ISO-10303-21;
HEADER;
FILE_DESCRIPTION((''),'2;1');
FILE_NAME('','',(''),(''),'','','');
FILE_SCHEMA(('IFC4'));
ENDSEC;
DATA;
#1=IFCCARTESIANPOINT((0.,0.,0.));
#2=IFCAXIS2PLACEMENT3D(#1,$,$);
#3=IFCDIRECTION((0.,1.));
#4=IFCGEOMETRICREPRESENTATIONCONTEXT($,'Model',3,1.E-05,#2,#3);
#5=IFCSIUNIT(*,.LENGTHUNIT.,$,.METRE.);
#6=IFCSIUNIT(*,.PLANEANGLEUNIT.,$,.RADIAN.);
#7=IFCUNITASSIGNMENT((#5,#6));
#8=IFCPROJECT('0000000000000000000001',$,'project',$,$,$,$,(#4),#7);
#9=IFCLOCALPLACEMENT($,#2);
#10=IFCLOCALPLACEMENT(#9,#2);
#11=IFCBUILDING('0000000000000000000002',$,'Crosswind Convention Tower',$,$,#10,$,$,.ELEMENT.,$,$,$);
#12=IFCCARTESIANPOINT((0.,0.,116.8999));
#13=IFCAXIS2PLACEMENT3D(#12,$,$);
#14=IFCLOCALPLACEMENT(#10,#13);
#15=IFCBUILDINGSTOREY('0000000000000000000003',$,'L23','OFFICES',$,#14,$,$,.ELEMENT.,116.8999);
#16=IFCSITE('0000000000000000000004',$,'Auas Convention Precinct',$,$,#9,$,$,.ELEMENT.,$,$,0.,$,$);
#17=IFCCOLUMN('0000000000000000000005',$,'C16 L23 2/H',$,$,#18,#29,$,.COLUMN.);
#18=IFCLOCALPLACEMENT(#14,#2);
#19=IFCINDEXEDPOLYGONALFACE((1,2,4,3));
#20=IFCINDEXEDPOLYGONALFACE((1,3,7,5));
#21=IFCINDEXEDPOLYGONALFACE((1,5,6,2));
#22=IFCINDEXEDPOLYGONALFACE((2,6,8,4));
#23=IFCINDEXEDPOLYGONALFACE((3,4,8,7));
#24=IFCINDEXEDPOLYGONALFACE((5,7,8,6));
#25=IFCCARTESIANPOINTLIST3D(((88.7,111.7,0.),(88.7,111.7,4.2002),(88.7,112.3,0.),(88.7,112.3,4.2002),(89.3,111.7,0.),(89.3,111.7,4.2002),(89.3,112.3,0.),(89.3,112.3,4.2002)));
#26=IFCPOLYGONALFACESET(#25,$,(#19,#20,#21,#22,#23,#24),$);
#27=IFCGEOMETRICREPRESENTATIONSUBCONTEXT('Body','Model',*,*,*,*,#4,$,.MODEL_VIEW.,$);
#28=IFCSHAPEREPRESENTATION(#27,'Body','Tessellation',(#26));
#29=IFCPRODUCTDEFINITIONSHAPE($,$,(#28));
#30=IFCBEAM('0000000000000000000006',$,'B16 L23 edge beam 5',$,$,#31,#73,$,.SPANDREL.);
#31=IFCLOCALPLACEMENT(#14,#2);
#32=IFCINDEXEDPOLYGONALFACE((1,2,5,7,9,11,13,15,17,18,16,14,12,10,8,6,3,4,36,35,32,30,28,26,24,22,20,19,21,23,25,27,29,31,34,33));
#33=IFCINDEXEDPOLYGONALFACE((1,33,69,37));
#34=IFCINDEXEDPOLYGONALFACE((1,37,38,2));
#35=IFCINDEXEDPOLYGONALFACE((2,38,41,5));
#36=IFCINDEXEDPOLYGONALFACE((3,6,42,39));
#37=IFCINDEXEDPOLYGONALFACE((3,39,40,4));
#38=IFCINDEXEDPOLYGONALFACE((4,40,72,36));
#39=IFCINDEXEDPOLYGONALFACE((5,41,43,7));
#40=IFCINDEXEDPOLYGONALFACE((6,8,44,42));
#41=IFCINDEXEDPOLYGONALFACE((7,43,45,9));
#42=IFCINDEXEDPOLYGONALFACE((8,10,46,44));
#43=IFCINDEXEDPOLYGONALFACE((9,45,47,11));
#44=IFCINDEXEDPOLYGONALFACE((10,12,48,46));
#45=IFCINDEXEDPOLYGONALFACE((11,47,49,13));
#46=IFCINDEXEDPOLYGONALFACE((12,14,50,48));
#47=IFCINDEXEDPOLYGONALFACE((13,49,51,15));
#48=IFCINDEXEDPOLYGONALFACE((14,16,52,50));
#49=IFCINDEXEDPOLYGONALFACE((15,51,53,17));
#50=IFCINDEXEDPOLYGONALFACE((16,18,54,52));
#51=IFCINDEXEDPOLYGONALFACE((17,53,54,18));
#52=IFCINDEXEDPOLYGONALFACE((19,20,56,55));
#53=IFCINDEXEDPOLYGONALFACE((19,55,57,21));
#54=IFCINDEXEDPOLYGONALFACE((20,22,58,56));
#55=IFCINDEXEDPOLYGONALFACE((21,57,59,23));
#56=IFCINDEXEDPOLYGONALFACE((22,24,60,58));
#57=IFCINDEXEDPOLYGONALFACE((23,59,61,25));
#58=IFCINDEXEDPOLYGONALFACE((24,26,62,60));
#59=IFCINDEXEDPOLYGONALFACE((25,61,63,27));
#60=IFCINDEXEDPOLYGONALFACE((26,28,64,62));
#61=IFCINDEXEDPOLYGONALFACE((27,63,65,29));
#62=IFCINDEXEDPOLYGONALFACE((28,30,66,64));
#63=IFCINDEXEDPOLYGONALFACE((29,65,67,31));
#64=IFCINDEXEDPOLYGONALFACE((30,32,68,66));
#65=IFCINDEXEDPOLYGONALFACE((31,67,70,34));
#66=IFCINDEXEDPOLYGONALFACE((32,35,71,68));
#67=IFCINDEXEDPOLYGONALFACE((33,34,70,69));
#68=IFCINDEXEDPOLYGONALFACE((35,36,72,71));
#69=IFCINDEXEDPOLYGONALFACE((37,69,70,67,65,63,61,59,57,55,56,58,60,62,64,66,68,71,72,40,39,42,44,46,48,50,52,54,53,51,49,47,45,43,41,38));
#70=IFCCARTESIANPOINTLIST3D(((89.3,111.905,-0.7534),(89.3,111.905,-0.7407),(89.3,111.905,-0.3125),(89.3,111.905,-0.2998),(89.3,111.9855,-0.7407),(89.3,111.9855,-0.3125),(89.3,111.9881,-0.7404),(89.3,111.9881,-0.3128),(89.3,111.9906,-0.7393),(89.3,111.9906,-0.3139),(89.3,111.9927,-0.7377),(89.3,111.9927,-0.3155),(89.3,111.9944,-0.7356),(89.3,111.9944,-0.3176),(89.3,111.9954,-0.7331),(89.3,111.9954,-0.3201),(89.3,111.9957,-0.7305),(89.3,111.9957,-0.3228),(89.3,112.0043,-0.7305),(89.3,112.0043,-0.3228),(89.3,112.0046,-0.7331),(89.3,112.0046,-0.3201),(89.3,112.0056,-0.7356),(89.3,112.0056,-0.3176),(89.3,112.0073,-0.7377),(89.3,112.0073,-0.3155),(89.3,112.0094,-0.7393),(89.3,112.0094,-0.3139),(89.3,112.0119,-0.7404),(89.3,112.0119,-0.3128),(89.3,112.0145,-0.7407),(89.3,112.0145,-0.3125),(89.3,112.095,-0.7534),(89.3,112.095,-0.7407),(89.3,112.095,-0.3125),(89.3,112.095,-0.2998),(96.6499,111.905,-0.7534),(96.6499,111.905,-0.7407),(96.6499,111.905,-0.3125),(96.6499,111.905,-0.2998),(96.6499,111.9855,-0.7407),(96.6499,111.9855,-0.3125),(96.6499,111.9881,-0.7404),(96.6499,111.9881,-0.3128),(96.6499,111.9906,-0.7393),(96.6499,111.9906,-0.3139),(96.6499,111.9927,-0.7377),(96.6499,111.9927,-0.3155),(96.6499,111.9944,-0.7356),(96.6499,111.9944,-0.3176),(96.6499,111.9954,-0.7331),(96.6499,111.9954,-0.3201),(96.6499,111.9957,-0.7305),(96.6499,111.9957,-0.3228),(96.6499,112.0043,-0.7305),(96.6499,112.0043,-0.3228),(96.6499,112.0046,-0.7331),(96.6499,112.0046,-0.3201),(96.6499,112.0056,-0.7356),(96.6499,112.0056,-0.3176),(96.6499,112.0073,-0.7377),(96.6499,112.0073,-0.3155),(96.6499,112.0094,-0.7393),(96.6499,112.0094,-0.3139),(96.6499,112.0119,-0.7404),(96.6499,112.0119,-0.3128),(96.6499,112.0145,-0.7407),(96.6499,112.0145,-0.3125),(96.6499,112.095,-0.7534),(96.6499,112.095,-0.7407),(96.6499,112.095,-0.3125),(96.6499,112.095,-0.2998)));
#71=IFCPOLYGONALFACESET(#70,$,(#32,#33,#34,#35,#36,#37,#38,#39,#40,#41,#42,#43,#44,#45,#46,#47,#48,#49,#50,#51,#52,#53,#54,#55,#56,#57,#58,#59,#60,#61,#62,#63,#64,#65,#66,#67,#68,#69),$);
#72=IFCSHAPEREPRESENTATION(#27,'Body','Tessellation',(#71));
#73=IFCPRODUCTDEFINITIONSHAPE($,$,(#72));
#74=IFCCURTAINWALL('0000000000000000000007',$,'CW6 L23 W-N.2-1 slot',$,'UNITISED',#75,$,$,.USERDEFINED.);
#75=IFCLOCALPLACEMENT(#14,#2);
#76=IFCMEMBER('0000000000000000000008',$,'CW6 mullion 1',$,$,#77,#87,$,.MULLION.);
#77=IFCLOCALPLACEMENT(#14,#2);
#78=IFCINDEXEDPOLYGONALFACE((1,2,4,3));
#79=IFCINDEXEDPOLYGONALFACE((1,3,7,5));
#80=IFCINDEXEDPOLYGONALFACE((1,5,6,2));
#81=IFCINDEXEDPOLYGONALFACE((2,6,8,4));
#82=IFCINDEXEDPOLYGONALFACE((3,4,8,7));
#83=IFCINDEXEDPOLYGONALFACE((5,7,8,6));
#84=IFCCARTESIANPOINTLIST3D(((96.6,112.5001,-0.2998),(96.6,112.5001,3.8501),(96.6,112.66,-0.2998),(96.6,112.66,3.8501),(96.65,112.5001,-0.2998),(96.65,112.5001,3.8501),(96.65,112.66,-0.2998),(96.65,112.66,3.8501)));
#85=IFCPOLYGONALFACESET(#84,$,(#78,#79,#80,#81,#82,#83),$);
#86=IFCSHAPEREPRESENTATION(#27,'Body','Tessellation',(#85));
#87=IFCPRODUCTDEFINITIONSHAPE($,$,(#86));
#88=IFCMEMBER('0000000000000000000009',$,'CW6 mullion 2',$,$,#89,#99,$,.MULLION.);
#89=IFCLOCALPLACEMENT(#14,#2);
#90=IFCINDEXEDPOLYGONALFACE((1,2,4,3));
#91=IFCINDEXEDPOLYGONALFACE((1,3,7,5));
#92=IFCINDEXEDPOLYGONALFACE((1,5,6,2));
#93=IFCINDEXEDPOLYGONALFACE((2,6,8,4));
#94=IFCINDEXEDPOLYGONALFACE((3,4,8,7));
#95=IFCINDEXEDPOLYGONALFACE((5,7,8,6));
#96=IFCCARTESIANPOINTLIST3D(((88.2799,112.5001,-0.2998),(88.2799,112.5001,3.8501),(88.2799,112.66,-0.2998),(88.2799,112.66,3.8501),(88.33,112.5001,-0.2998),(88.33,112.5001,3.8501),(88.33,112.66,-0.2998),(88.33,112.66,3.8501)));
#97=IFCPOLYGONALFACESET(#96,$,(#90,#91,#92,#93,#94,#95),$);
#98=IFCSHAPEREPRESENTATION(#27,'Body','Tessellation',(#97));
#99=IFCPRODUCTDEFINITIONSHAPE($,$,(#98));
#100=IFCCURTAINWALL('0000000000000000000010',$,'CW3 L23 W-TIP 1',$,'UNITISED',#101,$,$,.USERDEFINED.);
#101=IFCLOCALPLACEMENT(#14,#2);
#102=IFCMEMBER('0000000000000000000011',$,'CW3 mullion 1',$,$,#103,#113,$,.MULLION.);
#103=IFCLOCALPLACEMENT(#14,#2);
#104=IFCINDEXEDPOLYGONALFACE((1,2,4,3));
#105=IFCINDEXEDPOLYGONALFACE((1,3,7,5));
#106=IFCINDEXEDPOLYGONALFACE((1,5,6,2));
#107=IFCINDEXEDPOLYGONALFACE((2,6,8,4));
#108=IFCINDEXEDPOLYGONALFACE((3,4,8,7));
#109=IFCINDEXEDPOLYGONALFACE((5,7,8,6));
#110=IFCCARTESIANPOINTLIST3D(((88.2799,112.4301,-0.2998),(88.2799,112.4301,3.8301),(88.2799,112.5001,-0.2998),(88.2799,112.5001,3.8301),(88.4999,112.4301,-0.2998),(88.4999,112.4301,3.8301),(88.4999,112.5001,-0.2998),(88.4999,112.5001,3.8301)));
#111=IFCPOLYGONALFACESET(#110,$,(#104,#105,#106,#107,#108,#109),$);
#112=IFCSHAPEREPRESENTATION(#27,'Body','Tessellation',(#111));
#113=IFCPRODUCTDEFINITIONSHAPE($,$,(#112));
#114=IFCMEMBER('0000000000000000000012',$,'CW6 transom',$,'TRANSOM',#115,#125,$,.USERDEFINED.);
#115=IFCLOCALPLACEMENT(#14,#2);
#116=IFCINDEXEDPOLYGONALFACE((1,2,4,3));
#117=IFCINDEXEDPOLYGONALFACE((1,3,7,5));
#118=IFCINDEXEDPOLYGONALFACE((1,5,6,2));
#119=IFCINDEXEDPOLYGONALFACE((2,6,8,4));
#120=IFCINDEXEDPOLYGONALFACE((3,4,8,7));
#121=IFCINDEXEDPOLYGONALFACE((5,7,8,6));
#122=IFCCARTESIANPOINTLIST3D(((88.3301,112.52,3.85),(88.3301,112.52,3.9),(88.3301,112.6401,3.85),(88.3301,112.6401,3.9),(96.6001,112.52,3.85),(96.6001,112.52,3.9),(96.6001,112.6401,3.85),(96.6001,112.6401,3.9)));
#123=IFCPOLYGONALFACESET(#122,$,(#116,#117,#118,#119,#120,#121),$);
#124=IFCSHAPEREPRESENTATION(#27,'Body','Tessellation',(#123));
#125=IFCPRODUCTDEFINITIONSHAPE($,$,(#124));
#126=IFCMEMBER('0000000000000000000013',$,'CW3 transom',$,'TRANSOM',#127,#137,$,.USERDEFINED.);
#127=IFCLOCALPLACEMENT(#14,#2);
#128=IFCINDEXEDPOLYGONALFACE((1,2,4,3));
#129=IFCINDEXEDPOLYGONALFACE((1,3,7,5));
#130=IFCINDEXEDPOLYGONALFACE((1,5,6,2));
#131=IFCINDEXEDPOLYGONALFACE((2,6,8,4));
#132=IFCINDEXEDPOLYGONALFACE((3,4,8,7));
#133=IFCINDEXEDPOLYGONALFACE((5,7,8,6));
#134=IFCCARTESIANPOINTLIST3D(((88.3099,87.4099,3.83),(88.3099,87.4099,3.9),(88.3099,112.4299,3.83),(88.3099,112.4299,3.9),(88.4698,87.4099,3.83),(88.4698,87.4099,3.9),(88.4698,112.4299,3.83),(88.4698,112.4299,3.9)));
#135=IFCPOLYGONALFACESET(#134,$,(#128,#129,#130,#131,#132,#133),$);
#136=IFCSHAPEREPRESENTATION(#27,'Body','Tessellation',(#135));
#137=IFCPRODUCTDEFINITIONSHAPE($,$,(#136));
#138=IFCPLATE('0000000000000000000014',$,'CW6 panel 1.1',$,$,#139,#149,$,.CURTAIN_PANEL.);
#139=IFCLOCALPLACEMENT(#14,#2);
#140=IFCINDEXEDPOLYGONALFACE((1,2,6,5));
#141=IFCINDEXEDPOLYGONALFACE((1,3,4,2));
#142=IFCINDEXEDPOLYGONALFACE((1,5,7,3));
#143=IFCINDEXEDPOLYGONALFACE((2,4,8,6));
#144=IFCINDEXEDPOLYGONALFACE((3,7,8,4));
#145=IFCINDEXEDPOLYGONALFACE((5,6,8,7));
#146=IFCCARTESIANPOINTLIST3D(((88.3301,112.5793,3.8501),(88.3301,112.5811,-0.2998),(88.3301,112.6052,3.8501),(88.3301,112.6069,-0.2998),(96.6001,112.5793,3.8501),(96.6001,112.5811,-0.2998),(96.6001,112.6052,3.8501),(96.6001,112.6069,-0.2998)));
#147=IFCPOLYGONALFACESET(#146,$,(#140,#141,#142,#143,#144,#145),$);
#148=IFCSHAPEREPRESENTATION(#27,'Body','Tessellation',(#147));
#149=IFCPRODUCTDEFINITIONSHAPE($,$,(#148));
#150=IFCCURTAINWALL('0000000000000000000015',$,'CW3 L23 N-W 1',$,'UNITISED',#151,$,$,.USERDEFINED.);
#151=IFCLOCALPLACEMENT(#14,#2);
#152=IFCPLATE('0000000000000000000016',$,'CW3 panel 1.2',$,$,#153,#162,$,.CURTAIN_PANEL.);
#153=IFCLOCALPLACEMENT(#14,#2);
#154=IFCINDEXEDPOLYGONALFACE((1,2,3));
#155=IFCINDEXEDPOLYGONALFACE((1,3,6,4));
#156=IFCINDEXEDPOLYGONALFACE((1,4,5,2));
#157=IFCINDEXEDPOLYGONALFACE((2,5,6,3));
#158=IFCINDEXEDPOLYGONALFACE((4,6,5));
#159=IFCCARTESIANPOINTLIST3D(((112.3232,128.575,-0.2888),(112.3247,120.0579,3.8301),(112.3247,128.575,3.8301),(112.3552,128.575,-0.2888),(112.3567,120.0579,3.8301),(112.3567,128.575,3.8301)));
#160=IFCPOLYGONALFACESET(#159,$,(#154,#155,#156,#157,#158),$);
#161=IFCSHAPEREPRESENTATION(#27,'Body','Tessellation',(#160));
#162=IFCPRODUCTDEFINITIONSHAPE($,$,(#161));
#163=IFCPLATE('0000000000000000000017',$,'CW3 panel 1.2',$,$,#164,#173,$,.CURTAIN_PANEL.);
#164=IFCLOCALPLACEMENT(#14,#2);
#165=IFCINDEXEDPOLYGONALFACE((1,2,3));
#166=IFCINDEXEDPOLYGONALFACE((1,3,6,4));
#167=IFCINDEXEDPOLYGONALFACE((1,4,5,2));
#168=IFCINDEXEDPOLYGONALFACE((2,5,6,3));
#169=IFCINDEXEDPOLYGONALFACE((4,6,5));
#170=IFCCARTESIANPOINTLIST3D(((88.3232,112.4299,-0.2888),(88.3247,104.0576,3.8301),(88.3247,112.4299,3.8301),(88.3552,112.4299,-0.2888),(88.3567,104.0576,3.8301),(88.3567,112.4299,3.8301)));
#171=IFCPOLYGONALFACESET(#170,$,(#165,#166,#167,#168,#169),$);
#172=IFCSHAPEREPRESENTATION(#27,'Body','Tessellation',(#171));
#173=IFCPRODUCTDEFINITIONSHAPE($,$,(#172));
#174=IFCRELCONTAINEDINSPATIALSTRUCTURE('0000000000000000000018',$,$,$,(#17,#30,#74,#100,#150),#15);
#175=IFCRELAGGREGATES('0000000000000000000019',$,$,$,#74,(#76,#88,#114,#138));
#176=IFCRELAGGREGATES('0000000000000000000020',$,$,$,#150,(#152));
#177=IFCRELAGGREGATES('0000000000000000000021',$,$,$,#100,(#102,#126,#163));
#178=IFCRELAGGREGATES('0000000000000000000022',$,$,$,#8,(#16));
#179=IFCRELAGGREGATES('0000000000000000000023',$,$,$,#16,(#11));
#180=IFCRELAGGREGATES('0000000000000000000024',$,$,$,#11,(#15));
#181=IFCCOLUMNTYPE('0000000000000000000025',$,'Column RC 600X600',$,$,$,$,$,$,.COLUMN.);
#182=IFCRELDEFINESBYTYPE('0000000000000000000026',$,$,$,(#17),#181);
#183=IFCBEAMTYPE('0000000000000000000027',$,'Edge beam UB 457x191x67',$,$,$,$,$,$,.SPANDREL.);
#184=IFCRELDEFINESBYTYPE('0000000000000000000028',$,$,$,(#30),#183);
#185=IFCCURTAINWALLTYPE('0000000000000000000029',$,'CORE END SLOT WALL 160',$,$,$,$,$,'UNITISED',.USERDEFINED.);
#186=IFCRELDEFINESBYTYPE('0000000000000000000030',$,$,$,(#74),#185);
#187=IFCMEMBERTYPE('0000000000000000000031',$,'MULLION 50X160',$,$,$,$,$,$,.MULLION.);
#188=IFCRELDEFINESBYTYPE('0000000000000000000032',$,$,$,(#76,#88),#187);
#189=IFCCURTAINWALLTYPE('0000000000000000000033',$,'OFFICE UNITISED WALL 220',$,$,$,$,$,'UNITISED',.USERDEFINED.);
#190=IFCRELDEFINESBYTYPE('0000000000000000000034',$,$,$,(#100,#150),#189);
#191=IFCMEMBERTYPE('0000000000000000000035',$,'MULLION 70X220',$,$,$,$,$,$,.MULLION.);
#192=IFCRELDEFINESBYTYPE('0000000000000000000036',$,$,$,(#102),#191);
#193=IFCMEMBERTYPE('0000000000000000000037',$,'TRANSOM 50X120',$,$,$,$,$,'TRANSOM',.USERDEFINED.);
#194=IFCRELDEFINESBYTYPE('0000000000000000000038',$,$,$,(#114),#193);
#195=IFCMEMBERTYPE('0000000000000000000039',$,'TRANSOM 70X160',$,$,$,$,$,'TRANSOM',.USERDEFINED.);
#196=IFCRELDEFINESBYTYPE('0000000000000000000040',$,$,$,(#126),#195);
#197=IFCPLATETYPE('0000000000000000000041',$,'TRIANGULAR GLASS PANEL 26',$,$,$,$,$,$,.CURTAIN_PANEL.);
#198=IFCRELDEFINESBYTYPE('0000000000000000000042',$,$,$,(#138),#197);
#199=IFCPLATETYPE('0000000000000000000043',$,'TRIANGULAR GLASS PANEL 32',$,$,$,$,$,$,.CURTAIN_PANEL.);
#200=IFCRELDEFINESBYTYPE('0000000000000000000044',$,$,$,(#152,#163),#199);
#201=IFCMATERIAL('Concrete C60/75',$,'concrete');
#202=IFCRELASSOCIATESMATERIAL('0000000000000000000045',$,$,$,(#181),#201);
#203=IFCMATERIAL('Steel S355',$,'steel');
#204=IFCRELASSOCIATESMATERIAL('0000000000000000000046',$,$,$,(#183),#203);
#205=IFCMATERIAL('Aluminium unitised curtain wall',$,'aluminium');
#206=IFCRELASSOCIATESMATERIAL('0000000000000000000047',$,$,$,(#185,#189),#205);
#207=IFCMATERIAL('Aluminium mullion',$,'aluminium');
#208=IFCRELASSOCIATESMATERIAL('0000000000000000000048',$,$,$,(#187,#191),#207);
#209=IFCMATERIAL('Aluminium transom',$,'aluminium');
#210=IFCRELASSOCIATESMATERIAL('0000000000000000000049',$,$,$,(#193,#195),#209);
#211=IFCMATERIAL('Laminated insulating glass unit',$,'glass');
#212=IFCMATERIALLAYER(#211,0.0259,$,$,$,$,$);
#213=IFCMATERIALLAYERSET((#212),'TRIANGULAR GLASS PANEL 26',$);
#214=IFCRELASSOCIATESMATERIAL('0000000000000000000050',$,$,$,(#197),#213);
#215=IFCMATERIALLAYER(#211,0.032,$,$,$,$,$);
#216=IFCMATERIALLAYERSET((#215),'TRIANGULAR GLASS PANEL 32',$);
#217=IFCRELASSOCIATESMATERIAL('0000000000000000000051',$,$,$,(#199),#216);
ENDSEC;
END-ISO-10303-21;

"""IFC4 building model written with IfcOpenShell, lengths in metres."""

from ifc_helpers import new_model, si_unit, direction, frame, origin, origin_2d, place, context, subcontext, project, spatial, polyline, rectangle, i_section, outline, extrude, material, layer, layer_set, material_profile, profile_set, type_object, element, aggregate, save


model = new_model("IFC4")

# Units and contexts
model_context = context("Model", 3, precision=1e-05, world=origin(), true_north=direction((0.0, 1.0)))
body_context = subcontext(model_context, "Body", "Model", "MODEL_VIEW")
ifc_project = project(units=[si_unit("LENGTHUNIT", "METRE"), si_unit("PLANEANGLEUNIT", "RADIAN")], contexts=[model_context])

# Site, building, storey
site_placement = place(None, origin())
site = spatial("IfcSite", under=ifc_project, at=site_placement, Name="Auas Convention Precinct", CompositionType="ELEMENT", RefElevation=0.0)
building_placement = place(site_placement, origin())
building = spatial("IfcBuilding", under=site, at=building_placement, Name="Crosswind Convention Tower", CompositionType="ELEMENT")
storey_placement = place(building_placement, frame((0.0, 0.0, 116.8999)))
storey = spatial("IfcBuildingStorey", under=building, at=storey_placement, Name="L23", Description="OFFICES", CompositionType="ELEMENT", Elevation=116.8999)

# Column
ifc_material_1 = material(Name="Concrete C60/75", Category="concrete")
ifc_material_profile_1 = material_profile(ifc_material_1, rectangle(XDim=0.6001, YDim=0.6001, at=origin_2d()), Name="RC 600X600")
ifc_profile_set_1 = profile_set([ifc_material_profile_1], Name="Concrete C60/75")
column_type = type_object("IfcColumnType", Name="Column RC 600X600", PredefinedType="COLUMN", material=ifc_profile_set_1)
column_placement = place(storey_placement, frame((89.0, 112.0, 0.0), z_axis=(0.0, 0.0, 1.0), x_axis=(1.0, 0.0, 0.0)))
element("IfcColumn", 1, at=column_placement, inside=storey, type_object=column_type, Name="C16 L23 2/H", PredefinedType="COLUMN", context=body_context, shape_type="SweptSolid", body=[
    extrude(rectangle(XDim=0.6001, YDim=0.6001, at=origin_2d()), origin(), (0.0, 0.0, 1.0), 4.2002),
])

# Beam
ifc_material_2 = material(Name="Steel S355", Category="steel")
ifc_material_profile_2 = material_profile(ifc_material_2, i_section(OverallWidth=0.1899, OverallDepth=0.4536, WebThickness=0.0085, FlangeThickness=0.0127, FilletRadius=0.0103, at=origin_2d()), Name="UB 457x191x67")
ifc_profile_set_2 = profile_set([ifc_material_profile_2], Name="Steel S355")
beam_type = type_object("IfcBeamType", Name="Edge beam UB 457x191x67", PredefinedType="SPANDREL", material=ifc_profile_set_2)
beam_placement = place(storey_placement, frame((89.3, 112.0, -0.5266), z_axis=(1.0, 0.0, 0.0), x_axis=(0.0, 1.0, 0.0)))
element("IfcBeam", 2, at=beam_placement, inside=storey, type_object=beam_type, Name="B16 L23 edge beam 5", PredefinedType="SPANDREL", context=body_context, shape_type="SweptSolid", body=[
    extrude(i_section(OverallWidth=0.1899, OverallDepth=0.4536, WebThickness=0.0085, FlangeThickness=0.0127, FilletRadius=0.0103, at=origin_2d()), origin(), (0.0, 0.0, 1.0), 7.3499),
])

# Curtain wall, members
ifc_material_3 = material(Name="Aluminium unitised curtain wall", Category="aluminium")
curtain_wall_type_1 = type_object("IfcCurtainWallType", Name="CORE END SLOT WALL 160", ElementType="UNITISED", PredefinedType="USERDEFINED", material=ifc_material_3)
curtain_wall_1_placement = place(storey_placement, origin())
curtain_wall_1 = element("IfcCurtainWall", 3, at=curtain_wall_1_placement, inside=storey, type_object=curtain_wall_type_1, Name="CW6 L23 W-N.2-1 slot", ObjectType="UNITISED", PredefinedType="USERDEFINED")
ifc_material_4 = material(Name="Aluminium mullion", Category="aluminium")
ifc_material_profile_3 = material_profile(ifc_material_4, rectangle(XDim=0.1599, YDim=0.05, at=origin_2d()), Name="AL 160X50")
ifc_profile_set_3 = profile_set([ifc_material_profile_3], Name="Aluminium mullion")
member_type_1 = type_object("IfcMemberType", Name="MULLION 50X160", PredefinedType="MULLION", material=ifc_profile_set_3)
member_1_placement = place(storey_placement, frame((96.625, 112.5801, -0.2998), z_axis=(0.0, 0.0, 1.0), x_axis=(0.0, 1.0, 0.0)))
member_1 = element("IfcMember", 4, at=member_1_placement, type_object=member_type_1, Name="CW6 mullion 1", PredefinedType="MULLION", context=body_context, shape_type="SweptSolid", body=[
    extrude(rectangle(XDim=0.1599, YDim=0.05, at=origin_2d()), origin(), (0.0, 0.0, 1.0), 4.1499),
])
member_2_placement = place(storey_placement, frame((88.3049, 112.5801, -0.2998), z_axis=(0.0, 0.0, 1.0), x_axis=(0.0, 1.0, 0.0)))
member_2 = element("IfcMember", 5, at=member_2_placement, type_object=member_type_1, Name="CW6 mullion 2", PredefinedType="MULLION", context=body_context, shape_type="SweptSolid", body=[
    extrude(rectangle(XDim=0.1599, YDim=0.05, at=origin_2d()), origin(), (0.0, 0.0, 1.0), 4.1499),
])

# Curtain wall, member
curtain_wall_type_2 = type_object("IfcCurtainWallType", Name="OFFICE UNITISED WALL 220", ElementType="UNITISED", PredefinedType="USERDEFINED", material=ifc_material_3)
curtain_wall_2_placement = place(storey_placement, origin())
curtain_wall_2 = element("IfcCurtainWall", 6, at=curtain_wall_2_placement, inside=storey, type_object=curtain_wall_type_2, Name="CW3 L23 W-TIP 1", ObjectType="UNITISED", PredefinedType="USERDEFINED")
ifc_material_profile_4 = material_profile(ifc_material_4, rectangle(XDim=0.22, YDim=0.0701, at=origin_2d()), Name="AL 220X70")
ifc_profile_set_4 = profile_set([ifc_material_profile_4], Name="Aluminium mullion")
member_type_2 = type_object("IfcMemberType", Name="MULLION 70X220", PredefinedType="MULLION", material=ifc_profile_set_4)
member_3_placement = place(storey_placement, frame((88.3899, 112.4651, -0.2998), z_axis=(0.0, 0.0, 1.0), x_axis=(-1.0, 0.0, 0.0)))
member_3 = element("IfcMember", 7, at=member_3_placement, type_object=member_type_2, Name="CW3 mullion 1", PredefinedType="MULLION", context=body_context, shape_type="SweptSolid", body=[
    extrude(rectangle(XDim=0.22, YDim=0.0701, at=origin_2d()), origin(), (0.0, 0.0, 1.0), 4.1299),
])

# Members
ifc_material_5 = material(Name="Aluminium transom", Category="aluminium")
ifc_material_profile_5 = material_profile(ifc_material_5, rectangle(XDim=0.1201, YDim=0.05, at=origin_2d()), Name="AL 120X50")
ifc_profile_set_5 = profile_set([ifc_material_profile_5], Name="Aluminium transom")
member_type_3 = type_object("IfcMemberType", Name="TRANSOM 50X120", ElementType="TRANSOM", PredefinedType="USERDEFINED", material=ifc_profile_set_5)
member_4_placement = place(storey_placement, frame((96.6001, 112.5801, 3.875), z_axis=(-1.0, 0.0, 0.0), x_axis=(0.0, -1.0, 0.0)))
member_4 = element("IfcMember", 8, at=member_4_placement, type_object=member_type_3, Name="CW6 transom", ObjectType="TRANSOM", PredefinedType="USERDEFINED", context=body_context, shape_type="SweptSolid", body=[
    extrude(rectangle(XDim=0.1201, YDim=0.05, at=origin_2d()), origin(), (0.0, 0.0, 1.0), 8.27),
])
ifc_material_profile_6 = material_profile(ifc_material_5, rectangle(XDim=0.1599, YDim=0.0701, at=origin_2d()), Name="AL 160X70")
ifc_profile_set_6 = profile_set([ifc_material_profile_6], Name="Aluminium transom")
member_type_4 = type_object("IfcMemberType", Name="TRANSOM 70X160", ElementType="TRANSOM", PredefinedType="USERDEFINED", material=ifc_profile_set_6)
member_5_placement = place(storey_placement, frame((88.3899, 112.4299, 3.865), z_axis=(0.0, -1.0, 0.0), x_axis=(1.0, 0.0, 0.0)))
member_5 = element("IfcMember", 9, at=member_5_placement, type_object=member_type_4, Name="CW3 transom", ObjectType="TRANSOM", PredefinedType="USERDEFINED", context=body_context, shape_type="SweptSolid", body=[
    extrude(rectangle(XDim=0.1599, YDim=0.0701, at=origin_2d()), origin(), (0.0, 0.0, 1.0), 25.02),
])

# Plate
ifc_material_6 = material(Name="Laminated insulating glass unit", Category="glass")
ifc_layer_1 = layer(ifc_material_6, 0.0259)
ifc_layer_set_1 = layer_set([ifc_layer_1], Name="TRIANGULAR GLASS PANEL 26")
plate_type_1 = type_object("IfcPlateType", Name="TRIANGULAR GLASS PANEL 26", PredefinedType="CURTAIN_PANEL", material=ifc_layer_set_1)
plate_1_placement = place(storey_placement, frame((96.6001, 112.6069, -0.2998), z_axis=(0.0, 1.0, 0.000412), x_axis=(-1.0, 0.0, 0.0)))
plate_1 = element("IfcPlate", 10, at=plate_1_placement, type_object=plate_type_1, Name="CW6 panel 1.1", PredefinedType="CURTAIN_PANEL", context=body_context, shape_type="SweptSolid", body=[
    extrude(outline(polyline([(0.0, 0.0), (8.27, 0.0), (8.27, 4.1499), (0.0, 4.1499), (0.0, 0.0)])), origin(), (0.0, 0.0, -1.0), 0.0259),
])
aggregate(curtain_wall_1, [member_1, member_2, member_4, plate_1])

# Curtain wall, plate
curtain_wall_3_placement = place(storey_placement, origin())
curtain_wall_3 = element("IfcCurtainWall", 11, at=curtain_wall_3_placement, inside=storey, type_object=curtain_wall_type_2, Name="CW3 L23 N-W 1", ObjectType="UNITISED", PredefinedType="USERDEFINED")
ifc_layer_2 = layer(ifc_material_6, 0.032)
ifc_layer_set_2 = layer_set([ifc_layer_2], Name="TRIANGULAR GLASS PANEL 32")
plate_type_2 = type_object("IfcPlateType", Name="TRIANGULAR GLASS PANEL 32", PredefinedType="CURTAIN_PANEL", material=ifc_layer_set_2)
plate_2_placement = place(storey_placement, frame((112.3247, 128.575, 3.8301), z_axis=(-1.0, 0.0, 0.000356), x_axis=(-0.000356, 0.0, -1.0)))
plate_2 = element("IfcPlate", 12, at=plate_2_placement, type_object=plate_type_2, Name="CW3 panel 1.2", PredefinedType="CURTAIN_PANEL", context=body_context, shape_type="SweptSolid", body=[
    extrude(outline(polyline([(0.0, 0.0), (4.1189, 0.0), (0.0, 8.5171), (0.0, 0.0)])), origin(), (0.0, 0.0, -1.0), 0.032),
])

# Plate
plate_3_placement = place(storey_placement, frame((88.3247, 112.4299, 3.8301), z_axis=(-1.0, 0.0, 0.000356), x_axis=(-0.000356, 0.0, -1.0)))
plate_3 = element("IfcPlate", 13, at=plate_3_placement, type_object=plate_type_2, Name="CW3 panel 1.2", PredefinedType="CURTAIN_PANEL", context=body_context, shape_type="SweptSolid", body=[
    extrude(outline(polyline([(0.0, 0.0), (4.1189, 0.0), (0.0, 8.3723), (0.0, 0.0)])), origin(), (0.0, 0.0, -1.0), 0.032),
])

aggregate(curtain_wall_3, [plate_2])
aggregate(curtain_wall_2, [member_3, member_5, plate_3])

save(model, "model.ifc")
